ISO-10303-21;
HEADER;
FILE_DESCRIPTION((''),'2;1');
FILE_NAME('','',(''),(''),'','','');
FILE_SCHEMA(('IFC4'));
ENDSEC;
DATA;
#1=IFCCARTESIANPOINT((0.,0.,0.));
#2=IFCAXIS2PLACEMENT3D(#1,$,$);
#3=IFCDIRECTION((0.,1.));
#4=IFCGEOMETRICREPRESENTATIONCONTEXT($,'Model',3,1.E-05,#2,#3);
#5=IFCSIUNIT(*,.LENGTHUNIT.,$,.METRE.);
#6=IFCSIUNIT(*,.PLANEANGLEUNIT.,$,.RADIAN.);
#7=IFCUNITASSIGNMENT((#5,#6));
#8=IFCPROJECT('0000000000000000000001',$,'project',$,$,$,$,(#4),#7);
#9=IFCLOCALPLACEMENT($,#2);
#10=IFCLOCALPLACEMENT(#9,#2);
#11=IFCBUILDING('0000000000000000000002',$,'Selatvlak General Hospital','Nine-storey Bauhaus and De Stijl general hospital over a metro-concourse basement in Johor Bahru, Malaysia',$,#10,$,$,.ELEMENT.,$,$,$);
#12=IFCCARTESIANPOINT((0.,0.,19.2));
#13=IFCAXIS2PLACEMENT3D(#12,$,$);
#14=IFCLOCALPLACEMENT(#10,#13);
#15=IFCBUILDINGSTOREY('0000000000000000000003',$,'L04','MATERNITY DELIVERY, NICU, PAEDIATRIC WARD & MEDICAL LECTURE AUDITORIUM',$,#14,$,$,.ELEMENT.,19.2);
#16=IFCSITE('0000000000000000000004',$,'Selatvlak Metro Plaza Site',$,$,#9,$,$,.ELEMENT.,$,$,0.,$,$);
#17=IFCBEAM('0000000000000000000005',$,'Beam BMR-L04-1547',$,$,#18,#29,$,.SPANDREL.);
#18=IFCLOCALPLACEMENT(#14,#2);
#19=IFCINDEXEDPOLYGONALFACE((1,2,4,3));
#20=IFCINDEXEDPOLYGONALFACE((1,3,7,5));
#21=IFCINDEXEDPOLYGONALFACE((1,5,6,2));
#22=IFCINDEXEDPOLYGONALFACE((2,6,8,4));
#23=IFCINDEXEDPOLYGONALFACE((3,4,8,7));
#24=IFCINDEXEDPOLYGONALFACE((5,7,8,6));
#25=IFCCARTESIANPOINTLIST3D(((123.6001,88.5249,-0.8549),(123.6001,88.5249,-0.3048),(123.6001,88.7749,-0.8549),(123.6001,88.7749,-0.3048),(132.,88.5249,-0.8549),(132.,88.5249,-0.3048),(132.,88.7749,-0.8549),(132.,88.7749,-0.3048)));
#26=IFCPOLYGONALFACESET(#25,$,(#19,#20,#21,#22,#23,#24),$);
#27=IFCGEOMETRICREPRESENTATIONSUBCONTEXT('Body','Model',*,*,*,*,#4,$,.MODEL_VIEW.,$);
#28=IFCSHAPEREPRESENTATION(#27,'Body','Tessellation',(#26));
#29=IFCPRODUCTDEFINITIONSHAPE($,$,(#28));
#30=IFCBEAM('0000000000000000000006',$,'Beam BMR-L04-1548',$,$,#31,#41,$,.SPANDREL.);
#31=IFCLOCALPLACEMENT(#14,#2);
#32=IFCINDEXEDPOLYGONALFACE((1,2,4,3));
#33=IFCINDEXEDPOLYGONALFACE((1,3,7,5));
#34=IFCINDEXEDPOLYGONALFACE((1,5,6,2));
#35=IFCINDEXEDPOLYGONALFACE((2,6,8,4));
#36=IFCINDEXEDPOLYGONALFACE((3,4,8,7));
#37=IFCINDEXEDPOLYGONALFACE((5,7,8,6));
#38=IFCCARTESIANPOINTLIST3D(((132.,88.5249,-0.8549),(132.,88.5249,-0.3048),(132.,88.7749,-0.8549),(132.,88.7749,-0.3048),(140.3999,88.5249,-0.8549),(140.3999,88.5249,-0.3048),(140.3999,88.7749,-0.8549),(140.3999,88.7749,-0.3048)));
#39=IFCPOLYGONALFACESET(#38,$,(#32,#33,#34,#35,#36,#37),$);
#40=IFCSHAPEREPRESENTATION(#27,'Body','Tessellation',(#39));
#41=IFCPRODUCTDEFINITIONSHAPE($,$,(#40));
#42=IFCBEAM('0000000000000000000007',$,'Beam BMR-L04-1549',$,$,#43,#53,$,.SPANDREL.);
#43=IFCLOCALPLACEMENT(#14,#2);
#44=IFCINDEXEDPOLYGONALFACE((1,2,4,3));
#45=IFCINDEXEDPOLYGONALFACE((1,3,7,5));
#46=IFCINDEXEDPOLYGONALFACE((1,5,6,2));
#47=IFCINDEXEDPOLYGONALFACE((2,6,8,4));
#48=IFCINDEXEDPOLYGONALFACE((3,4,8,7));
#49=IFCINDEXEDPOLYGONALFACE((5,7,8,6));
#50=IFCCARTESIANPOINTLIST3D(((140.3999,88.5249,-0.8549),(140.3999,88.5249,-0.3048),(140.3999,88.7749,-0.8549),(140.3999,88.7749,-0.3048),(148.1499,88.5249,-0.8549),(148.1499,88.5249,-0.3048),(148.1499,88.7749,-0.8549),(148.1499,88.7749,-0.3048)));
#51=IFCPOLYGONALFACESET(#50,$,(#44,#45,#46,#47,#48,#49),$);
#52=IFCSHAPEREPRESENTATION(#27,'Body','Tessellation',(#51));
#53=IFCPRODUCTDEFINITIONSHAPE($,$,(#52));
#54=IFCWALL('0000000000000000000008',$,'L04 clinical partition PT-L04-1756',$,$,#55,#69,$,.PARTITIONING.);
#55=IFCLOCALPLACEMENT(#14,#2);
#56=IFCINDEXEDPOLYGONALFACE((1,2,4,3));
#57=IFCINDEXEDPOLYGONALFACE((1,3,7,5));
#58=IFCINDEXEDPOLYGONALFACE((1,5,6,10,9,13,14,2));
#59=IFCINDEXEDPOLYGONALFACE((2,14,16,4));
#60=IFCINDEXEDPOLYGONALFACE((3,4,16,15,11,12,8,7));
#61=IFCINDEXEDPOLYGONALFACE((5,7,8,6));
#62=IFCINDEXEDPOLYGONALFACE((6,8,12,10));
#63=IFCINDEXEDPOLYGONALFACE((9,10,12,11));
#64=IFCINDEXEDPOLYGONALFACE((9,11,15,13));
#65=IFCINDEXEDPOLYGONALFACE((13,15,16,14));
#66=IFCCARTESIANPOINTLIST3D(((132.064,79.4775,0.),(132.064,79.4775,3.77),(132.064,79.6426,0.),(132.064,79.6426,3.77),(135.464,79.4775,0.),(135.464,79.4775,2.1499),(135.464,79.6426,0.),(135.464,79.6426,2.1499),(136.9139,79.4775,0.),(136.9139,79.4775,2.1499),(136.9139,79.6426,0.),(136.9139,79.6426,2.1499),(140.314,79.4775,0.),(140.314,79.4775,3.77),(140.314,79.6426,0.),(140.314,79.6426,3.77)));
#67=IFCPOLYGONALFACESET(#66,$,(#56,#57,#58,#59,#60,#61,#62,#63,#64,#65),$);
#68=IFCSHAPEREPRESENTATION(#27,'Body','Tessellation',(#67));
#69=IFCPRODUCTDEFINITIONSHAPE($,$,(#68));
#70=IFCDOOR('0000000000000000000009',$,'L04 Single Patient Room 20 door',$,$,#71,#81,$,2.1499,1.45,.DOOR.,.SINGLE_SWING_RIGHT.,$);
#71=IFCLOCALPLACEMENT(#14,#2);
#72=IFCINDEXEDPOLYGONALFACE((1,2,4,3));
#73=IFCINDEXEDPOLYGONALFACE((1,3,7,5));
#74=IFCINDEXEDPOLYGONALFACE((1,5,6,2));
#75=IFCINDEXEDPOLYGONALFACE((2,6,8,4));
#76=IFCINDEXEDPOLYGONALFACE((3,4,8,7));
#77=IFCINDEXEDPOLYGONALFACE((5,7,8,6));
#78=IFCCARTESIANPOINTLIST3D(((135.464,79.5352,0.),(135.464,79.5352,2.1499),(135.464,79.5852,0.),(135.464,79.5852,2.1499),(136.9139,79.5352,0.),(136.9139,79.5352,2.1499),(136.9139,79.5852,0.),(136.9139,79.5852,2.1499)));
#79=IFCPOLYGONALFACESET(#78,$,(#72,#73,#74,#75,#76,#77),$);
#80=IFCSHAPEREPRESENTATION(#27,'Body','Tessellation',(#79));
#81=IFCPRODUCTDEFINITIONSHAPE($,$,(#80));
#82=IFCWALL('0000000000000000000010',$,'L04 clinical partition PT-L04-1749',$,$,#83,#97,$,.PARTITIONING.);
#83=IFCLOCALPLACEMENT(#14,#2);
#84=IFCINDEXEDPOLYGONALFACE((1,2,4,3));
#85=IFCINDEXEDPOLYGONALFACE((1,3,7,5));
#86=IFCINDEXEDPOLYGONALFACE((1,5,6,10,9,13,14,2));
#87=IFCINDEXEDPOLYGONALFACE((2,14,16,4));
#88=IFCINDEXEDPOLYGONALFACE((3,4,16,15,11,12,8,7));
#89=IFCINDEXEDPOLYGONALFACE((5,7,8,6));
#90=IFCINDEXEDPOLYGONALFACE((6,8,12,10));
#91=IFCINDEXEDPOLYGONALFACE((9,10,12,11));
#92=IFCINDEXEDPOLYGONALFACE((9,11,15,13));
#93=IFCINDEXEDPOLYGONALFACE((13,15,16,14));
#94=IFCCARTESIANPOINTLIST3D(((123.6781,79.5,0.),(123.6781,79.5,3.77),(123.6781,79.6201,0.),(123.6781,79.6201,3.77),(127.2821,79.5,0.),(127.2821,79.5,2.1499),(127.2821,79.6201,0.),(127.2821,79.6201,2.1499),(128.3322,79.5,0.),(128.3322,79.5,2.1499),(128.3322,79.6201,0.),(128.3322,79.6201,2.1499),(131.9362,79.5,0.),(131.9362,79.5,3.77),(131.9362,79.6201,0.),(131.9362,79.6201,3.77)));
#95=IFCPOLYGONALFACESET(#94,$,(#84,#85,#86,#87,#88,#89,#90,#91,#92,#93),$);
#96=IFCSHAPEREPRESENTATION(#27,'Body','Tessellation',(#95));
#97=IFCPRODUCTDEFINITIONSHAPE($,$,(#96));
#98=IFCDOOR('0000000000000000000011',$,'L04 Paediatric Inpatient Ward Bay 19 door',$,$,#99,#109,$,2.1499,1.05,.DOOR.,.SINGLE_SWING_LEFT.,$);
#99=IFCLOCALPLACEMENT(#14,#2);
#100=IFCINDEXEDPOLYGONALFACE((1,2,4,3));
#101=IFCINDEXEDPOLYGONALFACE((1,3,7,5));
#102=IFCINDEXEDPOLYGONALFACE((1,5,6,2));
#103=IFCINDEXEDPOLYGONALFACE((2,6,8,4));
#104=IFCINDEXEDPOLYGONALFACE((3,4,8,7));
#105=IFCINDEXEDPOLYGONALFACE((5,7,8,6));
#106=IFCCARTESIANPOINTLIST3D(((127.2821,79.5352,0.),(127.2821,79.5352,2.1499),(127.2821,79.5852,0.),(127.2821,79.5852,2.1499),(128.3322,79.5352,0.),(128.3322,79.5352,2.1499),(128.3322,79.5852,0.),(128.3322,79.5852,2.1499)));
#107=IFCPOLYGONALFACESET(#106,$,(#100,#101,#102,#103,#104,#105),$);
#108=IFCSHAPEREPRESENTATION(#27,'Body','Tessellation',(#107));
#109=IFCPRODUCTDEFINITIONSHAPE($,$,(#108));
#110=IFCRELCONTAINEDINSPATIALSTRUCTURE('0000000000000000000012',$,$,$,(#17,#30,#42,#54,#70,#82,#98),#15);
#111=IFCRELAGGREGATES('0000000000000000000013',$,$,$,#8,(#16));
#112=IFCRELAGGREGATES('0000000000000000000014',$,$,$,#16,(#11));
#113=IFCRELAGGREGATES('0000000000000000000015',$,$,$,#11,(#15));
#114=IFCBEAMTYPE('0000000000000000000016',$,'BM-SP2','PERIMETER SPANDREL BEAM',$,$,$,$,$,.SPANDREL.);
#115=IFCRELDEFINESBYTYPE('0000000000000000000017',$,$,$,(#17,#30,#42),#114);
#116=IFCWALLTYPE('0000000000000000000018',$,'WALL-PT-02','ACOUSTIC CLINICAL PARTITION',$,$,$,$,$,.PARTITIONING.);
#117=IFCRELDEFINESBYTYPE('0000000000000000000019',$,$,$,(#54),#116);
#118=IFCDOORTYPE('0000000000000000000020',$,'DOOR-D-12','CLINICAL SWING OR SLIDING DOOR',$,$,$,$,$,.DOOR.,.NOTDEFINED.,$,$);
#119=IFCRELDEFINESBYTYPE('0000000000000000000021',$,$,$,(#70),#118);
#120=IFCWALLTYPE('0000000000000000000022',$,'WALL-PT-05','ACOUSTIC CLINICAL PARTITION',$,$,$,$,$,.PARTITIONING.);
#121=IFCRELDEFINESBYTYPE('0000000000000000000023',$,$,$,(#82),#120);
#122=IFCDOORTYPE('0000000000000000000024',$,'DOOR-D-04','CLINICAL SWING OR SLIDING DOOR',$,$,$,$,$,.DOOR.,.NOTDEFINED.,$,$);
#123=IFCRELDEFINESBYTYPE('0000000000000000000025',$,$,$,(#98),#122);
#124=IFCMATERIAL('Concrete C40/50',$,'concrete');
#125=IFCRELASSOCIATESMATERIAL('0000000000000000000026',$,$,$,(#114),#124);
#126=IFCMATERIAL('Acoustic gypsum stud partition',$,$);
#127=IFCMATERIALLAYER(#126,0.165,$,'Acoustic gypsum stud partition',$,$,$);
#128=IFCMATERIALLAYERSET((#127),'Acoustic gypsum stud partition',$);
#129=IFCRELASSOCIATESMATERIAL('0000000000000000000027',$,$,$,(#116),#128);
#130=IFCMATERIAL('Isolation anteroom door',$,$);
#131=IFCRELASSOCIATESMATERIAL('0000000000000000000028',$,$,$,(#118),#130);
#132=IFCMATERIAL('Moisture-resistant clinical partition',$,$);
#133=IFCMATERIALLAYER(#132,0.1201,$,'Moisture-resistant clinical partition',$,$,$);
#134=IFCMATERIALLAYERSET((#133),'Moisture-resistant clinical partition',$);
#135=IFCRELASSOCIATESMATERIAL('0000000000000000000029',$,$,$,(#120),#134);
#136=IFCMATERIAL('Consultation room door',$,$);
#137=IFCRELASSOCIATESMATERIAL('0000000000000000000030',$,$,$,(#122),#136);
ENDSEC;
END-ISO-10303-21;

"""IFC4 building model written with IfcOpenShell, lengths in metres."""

from ifc_helpers import new_model, si_unit, direction, frame, frame_2d, origin, origin_2d, place, context, subcontext, project, spatial, rectangle, extrude, material, layer, layer_set, material_profile, profile_set, type_object, element, fill, save


model = new_model("IFC4")

# Units and contexts
model_context = context("Model", 3, precision=1e-05, world=origin(), true_north=direction((0.0, 1.0)))
body_context = subcontext(model_context, "Body", "Model", "MODEL_VIEW")
ifc_project = project(units=[si_unit("LENGTHUNIT", "METRE"), si_unit("PLANEANGLEUNIT", "RADIAN")], contexts=[model_context])

# Site, building, storey
site_placement = place(None, origin())
site = spatial("IfcSite", under=ifc_project, at=site_placement, Name="Selatvlak Metro Plaza Site", CompositionType="ELEMENT", RefElevation=0.0)
building_placement = place(site_placement, origin())
building = spatial("IfcBuilding", under=site, at=building_placement, Name="Selatvlak General Hospital", Description="Nine-storey Bauhaus and De Stijl general hospital over a metro-concourse basement in Johor Bahru, Malaysia", CompositionType="ELEMENT")
storey_placement = place(building_placement, frame((0.0, 0.0, 19.2)))
storey = spatial("IfcBuildingStorey", under=building, at=storey_placement, Name="L04", Description="MATERNITY DELIVERY, NICU, PAEDIATRIC WARD & MEDICAL LECTURE AUDITORIUM", CompositionType="ELEMENT", Elevation=19.2)

# Beams
ifc_material_1 = material(Name="Concrete C40/50", Category="concrete")
ifc_material_profile_1 = material_profile(ifc_material_1, rectangle(XDim=0.25, YDim=0.55, at=origin_2d()), Name="RC-SP 250x550")
ifc_profile_set_1 = profile_set([ifc_material_profile_1], Name="Concrete C40/50")
beam_type_1 = type_object("IfcBeamType", Name="BM-SP2", Description="PERIMETER SPANDREL BEAM", PredefinedType="SPANDREL", material=ifc_profile_set_1)
for number, where, z_axis, x_axis, name in (
    (1, (123.6001, 88.6499, -0.5798), (1.0, 0.0, 0.0), (0.0, 1.0, 0.0), "Beam BMR-L04-1547"),
    (2, (132.0, 88.6499, -0.5798), (1.0, 0.0, 0.0), (0.0, 1.0, 0.0), "Beam BMR-L04-1548"),
):
    element("IfcBeam", number, at=place(storey_placement, frame(where, z_axis=z_axis, x_axis=x_axis)), inside=storey, type_object=beam_type_1, Name=name, PredefinedType="SPANDREL", context=body_context, shape_type="SweptSolid", body=[
        extrude(rectangle(XDim=0.25, YDim=0.55, at=origin_2d()), origin(), (0.0, 0.0, 1.0), 8.3999),
    ])
beam_1_placement = place(storey_placement, frame((140.3999, 88.6499, -0.5798), z_axis=(1.0, 0.0, 0.0), x_axis=(0.0, 1.0, 0.0)))
element("IfcBeam", 3, at=beam_1_placement, inside=storey, type_object=beam_type_1, Name="Beam BMR-L04-1549", PredefinedType="SPANDREL", context=body_context, shape_type="SweptSolid", body=[
    extrude(rectangle(XDim=0.25, YDim=0.55, at=origin_2d()), origin(), (0.0, 0.0, 1.0), 7.75),
])

# Walls, openings, doors
ifc_material_2 = material(Name="Acoustic gypsum stud partition")
ifc_layer_1 = layer(ifc_material_2, 0.165, Name="Acoustic gypsum stud partition")
ifc_layer_set_1 = layer_set([ifc_layer_1], Name="Acoustic gypsum stud partition")
wall_type_1 = type_object("IfcWallType", Name="WALL-PT-02", Description="ACOUSTIC CLINICAL PARTITION", PredefinedType="PARTITIONING", material=ifc_layer_set_1)
wall_1_placement = place(storey_placement, frame((140.314, 79.5601, 0.0), z_axis=(0.0, 0.0, 1.0), x_axis=(-1.0, 0.0, 0.0)))
wall_1 = element("IfcWall", 4, at=wall_1_placement, inside=storey, type_object=wall_type_1, Name="L04 clinical partition PT-L04-1756", PredefinedType="PARTITIONING", context=body_context, shape_type="SweptSolid", body=[
    extrude(rectangle(XDim=8.25, YDim=0.165, at=frame_2d((4.125, 0.0))), origin(), (0.0, 0.0, 1.0), 3.77),
])
opening_1_placement = place(wall_1_placement, frame((3.3999, 0.0, 0.0)))
opening_1 = element("IfcOpeningElement", 5, at=opening_1_placement, cuts=wall_1, PredefinedType="OPENING", context=body_context, shape_type="SweptSolid", body=[
    extrude(rectangle(XDim=1.45, YDim=2.1499, at=frame_2d((0.7251, 1.075))), frame((0.0, 0.0925, 0.0), z_axis=(0.0, -1.0, 0.0), x_axis=(1.0, 0.0, 0.0)), (0.0, 0.0, 1.0), 0.1851),
])
ifc_material_3 = material(Name="Isolation anteroom door")
door_type_1 = type_object("IfcDoorType", Name="DOOR-D-12", Description="CLINICAL SWING OR SLIDING DOOR", OperationType="NOTDEFINED", PredefinedType="DOOR", material=ifc_material_3)
door_1_placement = place(opening_1_placement, origin())
door_1 = element("IfcDoor", 6, at=door_1_placement, inside=storey, type_object=door_type_1, Name="L04 Single Patient Room 20 door", OperationType="SINGLE_SWING_RIGHT", OverallHeight=2.1499, OverallWidth=1.45, PredefinedType="DOOR", context=body_context, shape_type="SweptSolid", body=[
    extrude(rectangle(XDim=1.45, YDim=2.1499, at=frame_2d((0.7251, 1.075))), frame((0.0, 0.0249, 0.0), z_axis=(0.0, -1.0, 0.0), x_axis=(1.0, 0.0, 0.0)), (0.0, 0.0, 1.0), 0.05),
])
fill(opening_1, door_1)
ifc_material_4 = material(Name="Moisture-resistant clinical partition")
ifc_layer_2 = layer(ifc_material_4, 0.1201, Name="Moisture-resistant clinical partition")
ifc_layer_set_2 = layer_set([ifc_layer_2], Name="Moisture-resistant clinical partition")
wall_type_2 = type_object("IfcWallType", Name="WALL-PT-05", Description="ACOUSTIC CLINICAL PARTITION", PredefinedType="PARTITIONING", material=ifc_layer_set_2)
wall_2_placement = place(storey_placement, frame((131.936, 79.5601, 0.0), z_axis=(0.0, 0.0, 1.0), x_axis=(-1.0, 0.0, 0.0)))
wall_2 = element("IfcWall", 7, at=wall_2_placement, inside=storey, type_object=wall_type_2, Name="L04 clinical partition PT-L04-1749", PredefinedType="PARTITIONING", context=body_context, shape_type="SweptSolid", body=[
    extrude(rectangle(XDim=8.2581, YDim=0.1201, at=frame_2d((4.1289, 0.0))), origin(), (0.0, 0.0, 1.0), 3.77),
])
opening_2_placement = place(wall_2_placement, frame((3.604, 0.0, 0.0)))
opening_2 = element("IfcOpeningElement", 8, at=opening_2_placement, cuts=wall_2, PredefinedType="OPENING", context=body_context, shape_type="SweptSolid", body=[
    extrude(rectangle(XDim=1.05, YDim=2.1499, at=frame_2d((0.5249, 1.075))), frame((0.0, 0.0701, 0.0), z_axis=(0.0, -1.0, 0.0), x_axis=(1.0, 0.0, 0.0)), (0.0, 0.0, 1.0), 0.1401),
])
ifc_material_5 = material(Name="Consultation room door")
door_type_2 = type_object("IfcDoorType", Name="DOOR-D-04", Description="CLINICAL SWING OR SLIDING DOOR", OperationType="NOTDEFINED", PredefinedType="DOOR", material=ifc_material_5)
door_2_placement = place(opening_2_placement, origin())
door_2 = element("IfcDoor", 9, at=door_2_placement, inside=storey, type_object=door_type_2, Name="L04 Paediatric Inpatient Ward Bay 19 door", OperationType="SINGLE_SWING_LEFT", OverallHeight=2.1499, OverallWidth=1.05, PredefinedType="DOOR", context=body_context, shape_type="SweptSolid", body=[
    extrude(rectangle(XDim=1.05, YDim=2.1499, at=frame_2d((0.5249, 1.075))), frame((0.0, 0.0249, 0.0), z_axis=(0.0, -1.0, 0.0), x_axis=(1.0, 0.0, 0.0)), (0.0, 0.0, 1.0), 0.05),
])
fill(opening_2, door_2)

save(model, "model.ifc")
